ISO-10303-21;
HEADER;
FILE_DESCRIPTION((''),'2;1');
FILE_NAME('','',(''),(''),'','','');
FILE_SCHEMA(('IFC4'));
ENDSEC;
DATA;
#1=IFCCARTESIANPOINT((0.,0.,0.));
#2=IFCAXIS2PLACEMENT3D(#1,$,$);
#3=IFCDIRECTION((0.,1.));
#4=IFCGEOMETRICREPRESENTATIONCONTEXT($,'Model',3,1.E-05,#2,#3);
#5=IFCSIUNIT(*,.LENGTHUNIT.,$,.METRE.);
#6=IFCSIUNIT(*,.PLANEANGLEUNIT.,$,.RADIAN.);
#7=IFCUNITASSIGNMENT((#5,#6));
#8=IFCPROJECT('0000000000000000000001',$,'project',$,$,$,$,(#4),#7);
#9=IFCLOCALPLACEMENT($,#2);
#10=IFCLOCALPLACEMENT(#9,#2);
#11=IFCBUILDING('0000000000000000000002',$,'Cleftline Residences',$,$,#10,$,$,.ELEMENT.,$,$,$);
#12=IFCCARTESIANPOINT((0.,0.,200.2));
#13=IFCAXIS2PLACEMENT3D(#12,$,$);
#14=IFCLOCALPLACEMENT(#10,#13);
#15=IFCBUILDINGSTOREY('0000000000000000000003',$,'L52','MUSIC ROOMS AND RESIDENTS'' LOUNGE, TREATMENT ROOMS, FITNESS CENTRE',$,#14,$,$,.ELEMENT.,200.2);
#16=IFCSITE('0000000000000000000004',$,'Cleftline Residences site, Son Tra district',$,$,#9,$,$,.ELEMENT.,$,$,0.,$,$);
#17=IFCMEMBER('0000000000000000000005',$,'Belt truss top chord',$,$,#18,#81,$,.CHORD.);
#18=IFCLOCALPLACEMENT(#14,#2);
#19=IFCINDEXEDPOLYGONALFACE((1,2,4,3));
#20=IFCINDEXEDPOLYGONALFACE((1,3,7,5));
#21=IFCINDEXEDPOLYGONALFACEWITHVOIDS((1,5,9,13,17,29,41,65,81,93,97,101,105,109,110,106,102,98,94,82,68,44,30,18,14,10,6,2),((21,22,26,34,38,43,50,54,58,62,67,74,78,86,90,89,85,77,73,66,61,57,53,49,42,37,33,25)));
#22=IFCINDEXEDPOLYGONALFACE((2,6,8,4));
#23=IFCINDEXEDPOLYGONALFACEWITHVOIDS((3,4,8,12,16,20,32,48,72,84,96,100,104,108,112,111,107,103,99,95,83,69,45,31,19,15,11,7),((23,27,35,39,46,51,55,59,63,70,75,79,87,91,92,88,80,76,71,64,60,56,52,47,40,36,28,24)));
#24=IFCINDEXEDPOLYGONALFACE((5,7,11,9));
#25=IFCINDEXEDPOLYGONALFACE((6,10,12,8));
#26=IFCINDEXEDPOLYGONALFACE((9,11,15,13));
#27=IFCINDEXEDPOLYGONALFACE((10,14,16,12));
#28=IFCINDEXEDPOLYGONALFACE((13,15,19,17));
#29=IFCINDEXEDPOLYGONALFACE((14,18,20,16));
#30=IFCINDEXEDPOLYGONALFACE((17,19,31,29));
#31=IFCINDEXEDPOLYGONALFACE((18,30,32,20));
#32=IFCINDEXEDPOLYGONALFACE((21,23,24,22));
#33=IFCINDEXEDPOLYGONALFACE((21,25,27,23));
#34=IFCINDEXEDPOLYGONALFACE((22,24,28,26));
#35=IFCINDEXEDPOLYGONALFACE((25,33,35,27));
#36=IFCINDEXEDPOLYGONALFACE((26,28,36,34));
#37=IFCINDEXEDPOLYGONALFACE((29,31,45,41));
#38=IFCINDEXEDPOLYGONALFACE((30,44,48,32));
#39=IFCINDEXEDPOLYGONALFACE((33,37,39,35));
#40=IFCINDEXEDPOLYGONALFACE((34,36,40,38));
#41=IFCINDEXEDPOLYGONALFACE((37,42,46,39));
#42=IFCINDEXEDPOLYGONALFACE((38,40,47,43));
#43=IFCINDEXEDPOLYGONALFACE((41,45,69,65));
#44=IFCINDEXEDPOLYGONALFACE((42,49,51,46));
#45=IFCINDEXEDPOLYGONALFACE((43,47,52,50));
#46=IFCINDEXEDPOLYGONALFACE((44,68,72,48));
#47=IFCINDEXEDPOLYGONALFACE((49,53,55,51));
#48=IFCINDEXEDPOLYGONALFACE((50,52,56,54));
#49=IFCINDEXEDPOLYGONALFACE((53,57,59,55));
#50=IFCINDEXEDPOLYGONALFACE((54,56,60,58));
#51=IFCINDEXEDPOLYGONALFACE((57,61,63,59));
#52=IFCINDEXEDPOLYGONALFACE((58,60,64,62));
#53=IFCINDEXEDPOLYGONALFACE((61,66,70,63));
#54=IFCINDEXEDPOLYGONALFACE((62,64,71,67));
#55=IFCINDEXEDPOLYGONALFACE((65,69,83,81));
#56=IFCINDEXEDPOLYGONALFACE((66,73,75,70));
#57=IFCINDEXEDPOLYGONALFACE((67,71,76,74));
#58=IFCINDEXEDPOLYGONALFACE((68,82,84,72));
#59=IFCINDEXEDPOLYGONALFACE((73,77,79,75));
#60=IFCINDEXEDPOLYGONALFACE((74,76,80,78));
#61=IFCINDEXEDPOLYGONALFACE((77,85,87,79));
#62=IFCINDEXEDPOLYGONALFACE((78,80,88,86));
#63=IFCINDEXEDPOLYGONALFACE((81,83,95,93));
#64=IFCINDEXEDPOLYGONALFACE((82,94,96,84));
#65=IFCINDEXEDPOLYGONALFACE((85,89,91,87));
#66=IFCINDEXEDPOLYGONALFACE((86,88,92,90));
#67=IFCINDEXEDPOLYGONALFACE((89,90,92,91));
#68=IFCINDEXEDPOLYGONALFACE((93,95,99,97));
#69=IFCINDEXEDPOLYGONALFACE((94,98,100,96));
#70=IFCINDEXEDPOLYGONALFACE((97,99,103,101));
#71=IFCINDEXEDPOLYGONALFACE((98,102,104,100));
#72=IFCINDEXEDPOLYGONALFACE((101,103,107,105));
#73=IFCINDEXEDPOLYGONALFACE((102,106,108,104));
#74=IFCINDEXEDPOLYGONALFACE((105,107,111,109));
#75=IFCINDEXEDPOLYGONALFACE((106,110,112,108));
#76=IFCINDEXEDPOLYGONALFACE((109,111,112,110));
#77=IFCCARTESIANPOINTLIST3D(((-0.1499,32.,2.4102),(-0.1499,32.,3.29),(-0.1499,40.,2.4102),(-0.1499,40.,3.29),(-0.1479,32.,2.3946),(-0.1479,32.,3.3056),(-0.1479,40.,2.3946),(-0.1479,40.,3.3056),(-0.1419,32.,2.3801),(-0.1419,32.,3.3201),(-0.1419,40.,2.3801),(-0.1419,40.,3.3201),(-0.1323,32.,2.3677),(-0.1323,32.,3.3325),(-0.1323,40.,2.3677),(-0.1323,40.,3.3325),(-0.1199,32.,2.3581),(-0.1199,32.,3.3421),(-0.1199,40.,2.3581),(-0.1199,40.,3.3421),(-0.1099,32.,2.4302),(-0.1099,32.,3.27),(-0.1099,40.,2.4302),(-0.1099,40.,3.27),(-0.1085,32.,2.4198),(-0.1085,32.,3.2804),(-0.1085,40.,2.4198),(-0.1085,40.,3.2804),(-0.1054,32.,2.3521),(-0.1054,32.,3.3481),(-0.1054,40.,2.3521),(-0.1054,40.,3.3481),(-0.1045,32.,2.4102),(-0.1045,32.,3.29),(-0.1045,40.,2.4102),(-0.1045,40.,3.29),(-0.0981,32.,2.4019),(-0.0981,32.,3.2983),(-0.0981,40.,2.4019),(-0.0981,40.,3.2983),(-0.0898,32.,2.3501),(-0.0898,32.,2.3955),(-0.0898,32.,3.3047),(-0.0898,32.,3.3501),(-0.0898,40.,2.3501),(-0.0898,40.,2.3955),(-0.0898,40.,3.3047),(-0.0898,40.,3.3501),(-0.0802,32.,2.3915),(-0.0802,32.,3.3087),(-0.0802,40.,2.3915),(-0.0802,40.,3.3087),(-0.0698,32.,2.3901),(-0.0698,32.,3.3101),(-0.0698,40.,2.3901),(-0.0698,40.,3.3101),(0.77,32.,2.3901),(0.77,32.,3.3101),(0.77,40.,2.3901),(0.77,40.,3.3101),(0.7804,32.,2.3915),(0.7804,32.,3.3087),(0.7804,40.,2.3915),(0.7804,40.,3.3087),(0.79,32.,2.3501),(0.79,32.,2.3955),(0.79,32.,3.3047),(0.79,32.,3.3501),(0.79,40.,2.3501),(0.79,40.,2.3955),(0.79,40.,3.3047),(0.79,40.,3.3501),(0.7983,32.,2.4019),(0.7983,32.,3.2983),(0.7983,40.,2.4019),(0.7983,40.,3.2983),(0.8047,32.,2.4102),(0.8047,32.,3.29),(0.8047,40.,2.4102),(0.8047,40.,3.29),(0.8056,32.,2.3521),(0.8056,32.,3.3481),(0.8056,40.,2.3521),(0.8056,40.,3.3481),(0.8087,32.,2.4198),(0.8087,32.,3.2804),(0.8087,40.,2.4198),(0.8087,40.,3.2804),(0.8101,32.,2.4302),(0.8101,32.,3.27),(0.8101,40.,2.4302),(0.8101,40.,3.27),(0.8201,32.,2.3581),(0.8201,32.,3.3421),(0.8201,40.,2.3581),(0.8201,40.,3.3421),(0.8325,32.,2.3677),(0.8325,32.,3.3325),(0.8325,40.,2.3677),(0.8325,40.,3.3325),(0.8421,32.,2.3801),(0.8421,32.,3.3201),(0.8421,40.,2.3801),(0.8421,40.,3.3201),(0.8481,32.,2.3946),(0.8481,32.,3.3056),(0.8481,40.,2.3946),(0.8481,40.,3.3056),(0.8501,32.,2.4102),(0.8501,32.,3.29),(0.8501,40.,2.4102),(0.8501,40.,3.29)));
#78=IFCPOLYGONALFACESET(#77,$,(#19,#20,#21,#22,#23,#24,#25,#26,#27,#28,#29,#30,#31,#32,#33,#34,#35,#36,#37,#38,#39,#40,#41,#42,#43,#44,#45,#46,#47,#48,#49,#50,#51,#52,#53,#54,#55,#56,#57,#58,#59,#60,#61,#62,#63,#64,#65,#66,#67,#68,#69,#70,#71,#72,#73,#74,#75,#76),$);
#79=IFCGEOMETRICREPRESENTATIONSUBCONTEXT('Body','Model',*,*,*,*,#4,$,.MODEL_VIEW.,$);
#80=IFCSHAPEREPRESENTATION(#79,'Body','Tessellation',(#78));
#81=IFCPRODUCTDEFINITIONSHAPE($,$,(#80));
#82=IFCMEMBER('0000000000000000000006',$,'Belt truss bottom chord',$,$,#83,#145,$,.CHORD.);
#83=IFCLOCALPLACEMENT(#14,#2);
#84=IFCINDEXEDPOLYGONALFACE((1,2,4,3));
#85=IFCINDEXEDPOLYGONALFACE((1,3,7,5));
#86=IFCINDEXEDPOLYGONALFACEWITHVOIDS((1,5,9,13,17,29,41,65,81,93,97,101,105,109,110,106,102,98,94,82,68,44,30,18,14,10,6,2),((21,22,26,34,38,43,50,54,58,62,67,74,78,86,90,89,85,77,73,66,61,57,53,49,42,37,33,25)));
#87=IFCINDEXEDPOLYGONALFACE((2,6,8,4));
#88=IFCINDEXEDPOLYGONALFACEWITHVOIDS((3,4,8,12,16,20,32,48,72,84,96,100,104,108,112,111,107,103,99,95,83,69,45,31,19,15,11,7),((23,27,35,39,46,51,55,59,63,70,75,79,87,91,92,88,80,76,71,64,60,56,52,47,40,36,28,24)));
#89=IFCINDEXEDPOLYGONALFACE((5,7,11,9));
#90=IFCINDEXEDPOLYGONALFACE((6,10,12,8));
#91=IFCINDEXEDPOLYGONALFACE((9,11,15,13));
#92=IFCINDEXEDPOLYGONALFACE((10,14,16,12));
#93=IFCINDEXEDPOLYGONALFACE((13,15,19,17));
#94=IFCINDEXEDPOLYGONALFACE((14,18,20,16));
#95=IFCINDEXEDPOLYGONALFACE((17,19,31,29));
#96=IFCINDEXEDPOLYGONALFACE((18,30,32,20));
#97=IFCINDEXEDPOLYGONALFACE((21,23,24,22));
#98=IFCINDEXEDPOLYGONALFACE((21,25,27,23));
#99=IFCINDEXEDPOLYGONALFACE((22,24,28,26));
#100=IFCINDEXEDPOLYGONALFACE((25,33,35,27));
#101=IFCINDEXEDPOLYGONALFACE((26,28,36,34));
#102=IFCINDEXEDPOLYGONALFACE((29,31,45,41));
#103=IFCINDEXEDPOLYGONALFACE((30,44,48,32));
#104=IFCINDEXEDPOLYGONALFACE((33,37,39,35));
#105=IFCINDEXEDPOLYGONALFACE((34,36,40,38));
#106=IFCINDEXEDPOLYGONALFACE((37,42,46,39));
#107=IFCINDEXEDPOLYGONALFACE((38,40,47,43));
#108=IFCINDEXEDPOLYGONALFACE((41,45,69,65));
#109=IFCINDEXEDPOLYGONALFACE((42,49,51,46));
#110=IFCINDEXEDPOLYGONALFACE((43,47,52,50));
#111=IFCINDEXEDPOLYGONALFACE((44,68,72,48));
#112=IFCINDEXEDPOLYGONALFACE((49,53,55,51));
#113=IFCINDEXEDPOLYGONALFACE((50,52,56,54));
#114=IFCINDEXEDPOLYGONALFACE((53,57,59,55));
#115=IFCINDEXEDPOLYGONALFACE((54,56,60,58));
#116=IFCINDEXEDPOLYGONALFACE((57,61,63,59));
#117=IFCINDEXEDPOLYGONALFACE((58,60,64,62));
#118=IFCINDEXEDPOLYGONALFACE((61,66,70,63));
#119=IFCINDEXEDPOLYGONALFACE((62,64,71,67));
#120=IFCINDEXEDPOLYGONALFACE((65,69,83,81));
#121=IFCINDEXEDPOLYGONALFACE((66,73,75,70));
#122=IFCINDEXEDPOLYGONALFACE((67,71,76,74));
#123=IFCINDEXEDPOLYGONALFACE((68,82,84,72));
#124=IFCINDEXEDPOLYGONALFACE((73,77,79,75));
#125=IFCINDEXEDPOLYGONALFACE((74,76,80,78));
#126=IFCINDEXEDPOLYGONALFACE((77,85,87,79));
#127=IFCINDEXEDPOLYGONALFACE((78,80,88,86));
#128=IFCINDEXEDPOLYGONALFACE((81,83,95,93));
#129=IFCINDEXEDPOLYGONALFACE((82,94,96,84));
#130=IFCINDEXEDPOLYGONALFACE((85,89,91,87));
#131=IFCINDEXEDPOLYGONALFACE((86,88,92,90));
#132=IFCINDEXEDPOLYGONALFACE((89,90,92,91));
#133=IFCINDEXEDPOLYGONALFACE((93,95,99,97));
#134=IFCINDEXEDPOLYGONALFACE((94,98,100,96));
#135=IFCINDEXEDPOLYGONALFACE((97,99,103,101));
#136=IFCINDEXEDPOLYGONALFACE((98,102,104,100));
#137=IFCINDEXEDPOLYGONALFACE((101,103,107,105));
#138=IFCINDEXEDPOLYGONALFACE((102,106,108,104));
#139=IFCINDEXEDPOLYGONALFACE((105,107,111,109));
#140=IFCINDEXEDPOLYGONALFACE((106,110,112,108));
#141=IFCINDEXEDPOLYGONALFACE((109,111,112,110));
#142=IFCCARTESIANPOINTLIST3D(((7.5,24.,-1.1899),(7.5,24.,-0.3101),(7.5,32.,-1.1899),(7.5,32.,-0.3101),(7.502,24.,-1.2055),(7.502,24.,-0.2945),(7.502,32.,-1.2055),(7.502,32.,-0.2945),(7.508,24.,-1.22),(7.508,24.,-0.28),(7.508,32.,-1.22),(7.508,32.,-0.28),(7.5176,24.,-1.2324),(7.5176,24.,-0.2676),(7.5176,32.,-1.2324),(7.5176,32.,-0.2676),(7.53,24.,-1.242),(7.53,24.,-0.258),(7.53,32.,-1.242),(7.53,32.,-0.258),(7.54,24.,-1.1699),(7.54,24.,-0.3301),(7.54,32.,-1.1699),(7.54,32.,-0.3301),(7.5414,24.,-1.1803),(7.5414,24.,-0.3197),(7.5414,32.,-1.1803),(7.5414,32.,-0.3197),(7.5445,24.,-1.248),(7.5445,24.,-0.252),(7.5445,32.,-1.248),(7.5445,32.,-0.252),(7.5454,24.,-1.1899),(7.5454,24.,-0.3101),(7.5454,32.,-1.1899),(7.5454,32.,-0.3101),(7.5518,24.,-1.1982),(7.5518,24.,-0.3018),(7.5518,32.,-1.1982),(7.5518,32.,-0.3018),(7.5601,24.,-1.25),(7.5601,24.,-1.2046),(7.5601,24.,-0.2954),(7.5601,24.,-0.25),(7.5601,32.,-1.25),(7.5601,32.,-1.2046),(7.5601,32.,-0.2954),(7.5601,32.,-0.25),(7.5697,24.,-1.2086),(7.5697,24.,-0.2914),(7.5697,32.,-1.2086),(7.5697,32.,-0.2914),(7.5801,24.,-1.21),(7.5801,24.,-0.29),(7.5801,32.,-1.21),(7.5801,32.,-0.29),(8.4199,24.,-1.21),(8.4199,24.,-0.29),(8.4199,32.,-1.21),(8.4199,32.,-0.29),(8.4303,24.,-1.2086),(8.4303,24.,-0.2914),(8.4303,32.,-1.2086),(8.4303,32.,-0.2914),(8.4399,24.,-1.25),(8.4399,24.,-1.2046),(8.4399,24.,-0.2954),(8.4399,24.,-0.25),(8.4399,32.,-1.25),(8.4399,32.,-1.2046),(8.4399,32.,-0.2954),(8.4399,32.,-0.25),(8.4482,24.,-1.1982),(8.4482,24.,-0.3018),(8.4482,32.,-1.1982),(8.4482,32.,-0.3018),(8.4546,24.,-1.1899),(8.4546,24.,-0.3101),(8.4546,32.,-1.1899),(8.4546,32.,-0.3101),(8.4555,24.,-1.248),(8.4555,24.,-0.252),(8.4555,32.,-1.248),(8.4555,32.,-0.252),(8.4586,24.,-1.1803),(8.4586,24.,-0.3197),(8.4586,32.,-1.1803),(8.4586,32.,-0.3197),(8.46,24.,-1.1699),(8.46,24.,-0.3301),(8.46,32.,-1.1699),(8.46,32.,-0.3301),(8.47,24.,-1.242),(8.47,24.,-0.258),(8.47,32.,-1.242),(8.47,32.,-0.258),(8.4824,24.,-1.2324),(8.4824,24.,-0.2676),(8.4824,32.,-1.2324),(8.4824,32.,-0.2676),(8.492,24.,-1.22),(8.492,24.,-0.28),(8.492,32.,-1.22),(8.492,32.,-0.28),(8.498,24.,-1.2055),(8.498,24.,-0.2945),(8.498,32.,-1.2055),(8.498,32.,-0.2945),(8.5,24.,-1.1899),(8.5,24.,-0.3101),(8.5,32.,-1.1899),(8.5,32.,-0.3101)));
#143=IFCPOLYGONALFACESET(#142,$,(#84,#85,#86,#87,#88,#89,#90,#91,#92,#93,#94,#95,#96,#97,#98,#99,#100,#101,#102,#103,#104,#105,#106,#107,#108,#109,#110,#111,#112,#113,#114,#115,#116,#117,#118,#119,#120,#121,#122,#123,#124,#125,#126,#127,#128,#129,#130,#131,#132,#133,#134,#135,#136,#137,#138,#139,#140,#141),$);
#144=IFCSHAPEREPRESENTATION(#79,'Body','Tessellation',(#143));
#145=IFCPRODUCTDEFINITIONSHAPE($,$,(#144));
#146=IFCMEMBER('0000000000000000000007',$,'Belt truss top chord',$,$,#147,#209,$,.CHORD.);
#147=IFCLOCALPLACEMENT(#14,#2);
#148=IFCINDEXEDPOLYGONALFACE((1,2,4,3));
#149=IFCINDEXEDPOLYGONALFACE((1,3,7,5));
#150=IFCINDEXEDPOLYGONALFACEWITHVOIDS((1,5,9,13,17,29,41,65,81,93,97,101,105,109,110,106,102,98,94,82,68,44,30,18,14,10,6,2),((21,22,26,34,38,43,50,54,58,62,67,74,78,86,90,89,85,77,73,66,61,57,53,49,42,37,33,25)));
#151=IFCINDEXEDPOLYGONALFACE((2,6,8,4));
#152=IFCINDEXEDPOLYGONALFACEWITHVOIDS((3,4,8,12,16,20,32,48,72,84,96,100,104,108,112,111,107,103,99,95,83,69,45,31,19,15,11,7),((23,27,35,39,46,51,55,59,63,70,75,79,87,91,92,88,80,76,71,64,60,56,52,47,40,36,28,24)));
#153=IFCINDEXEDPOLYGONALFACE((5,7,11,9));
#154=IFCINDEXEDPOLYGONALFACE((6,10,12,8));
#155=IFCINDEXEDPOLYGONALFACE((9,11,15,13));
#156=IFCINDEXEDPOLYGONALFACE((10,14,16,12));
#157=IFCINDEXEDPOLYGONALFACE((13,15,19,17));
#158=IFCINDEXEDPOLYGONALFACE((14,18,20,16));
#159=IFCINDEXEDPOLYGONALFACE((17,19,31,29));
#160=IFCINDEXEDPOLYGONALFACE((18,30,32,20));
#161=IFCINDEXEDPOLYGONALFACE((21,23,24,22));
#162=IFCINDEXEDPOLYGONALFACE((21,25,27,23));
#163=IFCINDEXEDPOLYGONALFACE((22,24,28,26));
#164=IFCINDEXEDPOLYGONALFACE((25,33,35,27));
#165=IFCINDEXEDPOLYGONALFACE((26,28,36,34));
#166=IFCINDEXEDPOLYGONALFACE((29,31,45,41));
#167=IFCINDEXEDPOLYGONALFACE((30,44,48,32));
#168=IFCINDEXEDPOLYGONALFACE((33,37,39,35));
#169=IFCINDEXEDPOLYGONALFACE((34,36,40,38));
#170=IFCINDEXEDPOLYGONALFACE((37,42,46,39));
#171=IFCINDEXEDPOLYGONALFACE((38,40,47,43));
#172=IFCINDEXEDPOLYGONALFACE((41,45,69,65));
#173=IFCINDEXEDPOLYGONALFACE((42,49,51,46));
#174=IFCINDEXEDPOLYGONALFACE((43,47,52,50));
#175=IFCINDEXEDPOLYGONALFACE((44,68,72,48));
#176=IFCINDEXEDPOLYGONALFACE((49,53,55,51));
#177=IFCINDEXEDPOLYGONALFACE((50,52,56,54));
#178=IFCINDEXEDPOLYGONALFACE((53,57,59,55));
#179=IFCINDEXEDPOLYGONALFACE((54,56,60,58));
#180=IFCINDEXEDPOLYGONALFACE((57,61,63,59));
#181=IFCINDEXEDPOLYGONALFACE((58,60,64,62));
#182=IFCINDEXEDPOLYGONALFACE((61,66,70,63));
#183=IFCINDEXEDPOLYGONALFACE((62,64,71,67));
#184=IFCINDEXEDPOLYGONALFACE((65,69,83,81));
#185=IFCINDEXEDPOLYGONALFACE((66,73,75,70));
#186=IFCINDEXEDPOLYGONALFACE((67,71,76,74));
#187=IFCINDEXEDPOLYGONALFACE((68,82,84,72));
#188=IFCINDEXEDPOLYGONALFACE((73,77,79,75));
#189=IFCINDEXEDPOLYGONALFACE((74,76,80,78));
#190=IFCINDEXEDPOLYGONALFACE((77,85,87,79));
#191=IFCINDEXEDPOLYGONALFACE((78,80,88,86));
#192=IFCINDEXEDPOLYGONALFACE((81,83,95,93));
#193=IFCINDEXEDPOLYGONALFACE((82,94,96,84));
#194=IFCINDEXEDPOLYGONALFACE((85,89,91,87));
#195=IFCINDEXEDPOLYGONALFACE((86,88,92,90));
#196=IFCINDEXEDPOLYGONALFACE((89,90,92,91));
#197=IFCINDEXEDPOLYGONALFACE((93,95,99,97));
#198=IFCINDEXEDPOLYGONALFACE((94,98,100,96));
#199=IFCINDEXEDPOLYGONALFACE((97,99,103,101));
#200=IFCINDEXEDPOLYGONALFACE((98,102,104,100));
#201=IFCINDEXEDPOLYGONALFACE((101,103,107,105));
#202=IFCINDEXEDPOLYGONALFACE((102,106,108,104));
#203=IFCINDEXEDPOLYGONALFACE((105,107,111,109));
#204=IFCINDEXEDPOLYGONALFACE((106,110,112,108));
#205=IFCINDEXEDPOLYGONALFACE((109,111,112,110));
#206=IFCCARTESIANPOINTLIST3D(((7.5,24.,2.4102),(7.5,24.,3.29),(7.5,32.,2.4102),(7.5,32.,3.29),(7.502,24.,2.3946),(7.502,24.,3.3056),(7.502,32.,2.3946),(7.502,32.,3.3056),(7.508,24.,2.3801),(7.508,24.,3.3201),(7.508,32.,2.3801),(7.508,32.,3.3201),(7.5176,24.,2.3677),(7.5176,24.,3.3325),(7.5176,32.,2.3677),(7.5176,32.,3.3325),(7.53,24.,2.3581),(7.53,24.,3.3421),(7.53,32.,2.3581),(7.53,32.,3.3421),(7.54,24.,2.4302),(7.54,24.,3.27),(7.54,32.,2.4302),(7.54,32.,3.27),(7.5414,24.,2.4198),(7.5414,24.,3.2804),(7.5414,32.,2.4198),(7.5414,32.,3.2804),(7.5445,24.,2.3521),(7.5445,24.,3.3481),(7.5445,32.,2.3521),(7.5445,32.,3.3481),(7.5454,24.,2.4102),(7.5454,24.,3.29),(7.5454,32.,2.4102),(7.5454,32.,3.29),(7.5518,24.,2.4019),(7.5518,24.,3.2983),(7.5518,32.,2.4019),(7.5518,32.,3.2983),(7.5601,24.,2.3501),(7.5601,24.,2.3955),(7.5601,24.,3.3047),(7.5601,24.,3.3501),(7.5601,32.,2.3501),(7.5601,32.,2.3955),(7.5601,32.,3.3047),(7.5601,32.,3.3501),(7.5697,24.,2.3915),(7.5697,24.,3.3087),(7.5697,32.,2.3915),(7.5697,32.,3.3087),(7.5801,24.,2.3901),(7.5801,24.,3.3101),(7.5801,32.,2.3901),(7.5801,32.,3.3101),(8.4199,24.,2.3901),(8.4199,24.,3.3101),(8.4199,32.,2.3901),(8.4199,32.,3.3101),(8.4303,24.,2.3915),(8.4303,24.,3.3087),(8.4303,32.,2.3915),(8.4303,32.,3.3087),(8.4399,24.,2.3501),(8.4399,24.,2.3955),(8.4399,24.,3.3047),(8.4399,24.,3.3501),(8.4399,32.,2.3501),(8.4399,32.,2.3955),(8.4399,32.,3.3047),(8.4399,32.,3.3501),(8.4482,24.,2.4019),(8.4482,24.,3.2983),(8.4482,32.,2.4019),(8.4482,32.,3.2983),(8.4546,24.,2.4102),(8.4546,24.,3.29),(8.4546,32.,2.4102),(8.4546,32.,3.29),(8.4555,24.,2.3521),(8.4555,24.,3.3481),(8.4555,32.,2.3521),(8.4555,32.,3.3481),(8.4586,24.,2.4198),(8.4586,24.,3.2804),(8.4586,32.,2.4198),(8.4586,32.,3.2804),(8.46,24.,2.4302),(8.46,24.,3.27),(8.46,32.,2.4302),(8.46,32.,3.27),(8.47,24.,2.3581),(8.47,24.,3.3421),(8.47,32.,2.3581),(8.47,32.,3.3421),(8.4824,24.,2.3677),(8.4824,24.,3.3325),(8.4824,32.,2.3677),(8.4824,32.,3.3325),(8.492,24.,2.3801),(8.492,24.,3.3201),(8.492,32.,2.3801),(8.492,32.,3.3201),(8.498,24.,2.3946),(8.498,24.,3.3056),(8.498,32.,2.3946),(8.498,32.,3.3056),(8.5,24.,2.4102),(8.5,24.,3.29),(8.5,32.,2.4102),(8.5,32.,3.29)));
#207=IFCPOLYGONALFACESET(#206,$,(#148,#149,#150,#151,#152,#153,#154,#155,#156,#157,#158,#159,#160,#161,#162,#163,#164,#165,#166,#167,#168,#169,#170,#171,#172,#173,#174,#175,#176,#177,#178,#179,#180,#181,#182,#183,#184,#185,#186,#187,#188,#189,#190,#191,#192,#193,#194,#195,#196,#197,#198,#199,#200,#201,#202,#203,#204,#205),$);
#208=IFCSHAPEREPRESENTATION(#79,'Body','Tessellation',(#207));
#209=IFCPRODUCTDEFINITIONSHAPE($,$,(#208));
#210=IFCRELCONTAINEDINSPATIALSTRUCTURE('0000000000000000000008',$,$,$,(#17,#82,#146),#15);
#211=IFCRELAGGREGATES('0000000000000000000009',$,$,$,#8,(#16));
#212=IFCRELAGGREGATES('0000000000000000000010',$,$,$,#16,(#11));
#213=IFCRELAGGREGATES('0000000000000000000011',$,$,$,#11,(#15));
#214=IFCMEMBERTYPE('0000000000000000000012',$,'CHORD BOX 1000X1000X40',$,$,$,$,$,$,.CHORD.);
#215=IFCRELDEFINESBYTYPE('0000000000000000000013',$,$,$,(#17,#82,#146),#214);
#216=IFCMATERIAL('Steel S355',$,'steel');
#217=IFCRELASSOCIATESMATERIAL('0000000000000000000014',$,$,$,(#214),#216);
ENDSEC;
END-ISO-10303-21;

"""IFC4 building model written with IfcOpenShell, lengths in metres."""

from ifc_helpers import new_model, si_unit, direction, frame, origin, origin_2d, place, context, subcontext, project, spatial, hollow_rectangle, extrude, material, material_profile, profile_set, type_object, element, save


model = new_model("IFC4")

# Units and contexts
model_context = context("Model", 3, precision=1e-05, world=origin(), true_north=direction((0.0, 1.0)))
body_context = subcontext(model_context, "Body", "Model", "MODEL_VIEW")
ifc_project = project(units=[si_unit("LENGTHUNIT", "METRE"), si_unit("PLANEANGLEUNIT", "RADIAN")], contexts=[model_context])

# Site, building, storey
site_placement = place(None, origin())
site = spatial("IfcSite", under=ifc_project, at=site_placement, Name="Cleftline Residences site, Son Tra district", CompositionType="ELEMENT", RefElevation=0.0)
building_placement = place(site_placement, origin())
building = spatial("IfcBuilding", under=site, at=building_placement, Name="Cleftline Residences", CompositionType="ELEMENT")
storey_placement = place(building_placement, frame((0.0, 0.0, 200.2)))
storey = spatial("IfcBuildingStorey", under=building, at=storey_placement, Name="L52", Description="MUSIC ROOMS AND RESIDENTS' LOUNGE, TREATMENT ROOMS, FITNESS CENTRE", CompositionType="ELEMENT", Elevation=200.2)

# Members
ifc_material_1 = material(Name="Steel S355", Category="steel")
ifc_material_profile_1 = material_profile(ifc_material_1, hollow_rectangle(XDim=1.0, YDim=1.0, WallThickness=0.04, InnerFilletRadius=0.04, OuterFilletRadius=0.0601, at=origin_2d()))
ifc_profile_set_1 = profile_set([ifc_material_profile_1], Name="Steel S355")
member_type_1 = type_object("IfcMemberType", Name="CHORD BOX 1000X1000X40", PredefinedType="CHORD", material=ifc_profile_set_1)
for number, where, z_axis, x_axis, name in (
    (1, (0.3501, 32.0, 2.8501), (0.0, 1.0, 0.0), (-1.0, 0.0, 0.0), "Belt truss top chord"),
    (2, (8.0, 24.0, -0.75), (0.0, 1.0, 0.0), (-1.0, 0.0, 0.0), "Belt truss bottom chord"),
    (3, (8.0, 24.0, 2.8501), (0.0, 1.0, 0.0), (-1.0, 0.0, 0.0), "Belt truss top chord"),
):
    element("IfcMember", number, at=place(storey_placement, frame(where, z_axis=z_axis, x_axis=x_axis)), inside=storey, type_object=member_type_1, Name=name, PredefinedType="CHORD", context=body_context, shape_type="SweptSolid", body=[
        extrude(hollow_rectangle(XDim=1.0, YDim=1.0, WallThickness=0.04, InnerFilletRadius=0.04, OuterFilletRadius=0.0601, at=origin_2d()), origin(), (0.0, 0.0, 1.0), 8.0),
    ])

save(model, "model.ifc")
